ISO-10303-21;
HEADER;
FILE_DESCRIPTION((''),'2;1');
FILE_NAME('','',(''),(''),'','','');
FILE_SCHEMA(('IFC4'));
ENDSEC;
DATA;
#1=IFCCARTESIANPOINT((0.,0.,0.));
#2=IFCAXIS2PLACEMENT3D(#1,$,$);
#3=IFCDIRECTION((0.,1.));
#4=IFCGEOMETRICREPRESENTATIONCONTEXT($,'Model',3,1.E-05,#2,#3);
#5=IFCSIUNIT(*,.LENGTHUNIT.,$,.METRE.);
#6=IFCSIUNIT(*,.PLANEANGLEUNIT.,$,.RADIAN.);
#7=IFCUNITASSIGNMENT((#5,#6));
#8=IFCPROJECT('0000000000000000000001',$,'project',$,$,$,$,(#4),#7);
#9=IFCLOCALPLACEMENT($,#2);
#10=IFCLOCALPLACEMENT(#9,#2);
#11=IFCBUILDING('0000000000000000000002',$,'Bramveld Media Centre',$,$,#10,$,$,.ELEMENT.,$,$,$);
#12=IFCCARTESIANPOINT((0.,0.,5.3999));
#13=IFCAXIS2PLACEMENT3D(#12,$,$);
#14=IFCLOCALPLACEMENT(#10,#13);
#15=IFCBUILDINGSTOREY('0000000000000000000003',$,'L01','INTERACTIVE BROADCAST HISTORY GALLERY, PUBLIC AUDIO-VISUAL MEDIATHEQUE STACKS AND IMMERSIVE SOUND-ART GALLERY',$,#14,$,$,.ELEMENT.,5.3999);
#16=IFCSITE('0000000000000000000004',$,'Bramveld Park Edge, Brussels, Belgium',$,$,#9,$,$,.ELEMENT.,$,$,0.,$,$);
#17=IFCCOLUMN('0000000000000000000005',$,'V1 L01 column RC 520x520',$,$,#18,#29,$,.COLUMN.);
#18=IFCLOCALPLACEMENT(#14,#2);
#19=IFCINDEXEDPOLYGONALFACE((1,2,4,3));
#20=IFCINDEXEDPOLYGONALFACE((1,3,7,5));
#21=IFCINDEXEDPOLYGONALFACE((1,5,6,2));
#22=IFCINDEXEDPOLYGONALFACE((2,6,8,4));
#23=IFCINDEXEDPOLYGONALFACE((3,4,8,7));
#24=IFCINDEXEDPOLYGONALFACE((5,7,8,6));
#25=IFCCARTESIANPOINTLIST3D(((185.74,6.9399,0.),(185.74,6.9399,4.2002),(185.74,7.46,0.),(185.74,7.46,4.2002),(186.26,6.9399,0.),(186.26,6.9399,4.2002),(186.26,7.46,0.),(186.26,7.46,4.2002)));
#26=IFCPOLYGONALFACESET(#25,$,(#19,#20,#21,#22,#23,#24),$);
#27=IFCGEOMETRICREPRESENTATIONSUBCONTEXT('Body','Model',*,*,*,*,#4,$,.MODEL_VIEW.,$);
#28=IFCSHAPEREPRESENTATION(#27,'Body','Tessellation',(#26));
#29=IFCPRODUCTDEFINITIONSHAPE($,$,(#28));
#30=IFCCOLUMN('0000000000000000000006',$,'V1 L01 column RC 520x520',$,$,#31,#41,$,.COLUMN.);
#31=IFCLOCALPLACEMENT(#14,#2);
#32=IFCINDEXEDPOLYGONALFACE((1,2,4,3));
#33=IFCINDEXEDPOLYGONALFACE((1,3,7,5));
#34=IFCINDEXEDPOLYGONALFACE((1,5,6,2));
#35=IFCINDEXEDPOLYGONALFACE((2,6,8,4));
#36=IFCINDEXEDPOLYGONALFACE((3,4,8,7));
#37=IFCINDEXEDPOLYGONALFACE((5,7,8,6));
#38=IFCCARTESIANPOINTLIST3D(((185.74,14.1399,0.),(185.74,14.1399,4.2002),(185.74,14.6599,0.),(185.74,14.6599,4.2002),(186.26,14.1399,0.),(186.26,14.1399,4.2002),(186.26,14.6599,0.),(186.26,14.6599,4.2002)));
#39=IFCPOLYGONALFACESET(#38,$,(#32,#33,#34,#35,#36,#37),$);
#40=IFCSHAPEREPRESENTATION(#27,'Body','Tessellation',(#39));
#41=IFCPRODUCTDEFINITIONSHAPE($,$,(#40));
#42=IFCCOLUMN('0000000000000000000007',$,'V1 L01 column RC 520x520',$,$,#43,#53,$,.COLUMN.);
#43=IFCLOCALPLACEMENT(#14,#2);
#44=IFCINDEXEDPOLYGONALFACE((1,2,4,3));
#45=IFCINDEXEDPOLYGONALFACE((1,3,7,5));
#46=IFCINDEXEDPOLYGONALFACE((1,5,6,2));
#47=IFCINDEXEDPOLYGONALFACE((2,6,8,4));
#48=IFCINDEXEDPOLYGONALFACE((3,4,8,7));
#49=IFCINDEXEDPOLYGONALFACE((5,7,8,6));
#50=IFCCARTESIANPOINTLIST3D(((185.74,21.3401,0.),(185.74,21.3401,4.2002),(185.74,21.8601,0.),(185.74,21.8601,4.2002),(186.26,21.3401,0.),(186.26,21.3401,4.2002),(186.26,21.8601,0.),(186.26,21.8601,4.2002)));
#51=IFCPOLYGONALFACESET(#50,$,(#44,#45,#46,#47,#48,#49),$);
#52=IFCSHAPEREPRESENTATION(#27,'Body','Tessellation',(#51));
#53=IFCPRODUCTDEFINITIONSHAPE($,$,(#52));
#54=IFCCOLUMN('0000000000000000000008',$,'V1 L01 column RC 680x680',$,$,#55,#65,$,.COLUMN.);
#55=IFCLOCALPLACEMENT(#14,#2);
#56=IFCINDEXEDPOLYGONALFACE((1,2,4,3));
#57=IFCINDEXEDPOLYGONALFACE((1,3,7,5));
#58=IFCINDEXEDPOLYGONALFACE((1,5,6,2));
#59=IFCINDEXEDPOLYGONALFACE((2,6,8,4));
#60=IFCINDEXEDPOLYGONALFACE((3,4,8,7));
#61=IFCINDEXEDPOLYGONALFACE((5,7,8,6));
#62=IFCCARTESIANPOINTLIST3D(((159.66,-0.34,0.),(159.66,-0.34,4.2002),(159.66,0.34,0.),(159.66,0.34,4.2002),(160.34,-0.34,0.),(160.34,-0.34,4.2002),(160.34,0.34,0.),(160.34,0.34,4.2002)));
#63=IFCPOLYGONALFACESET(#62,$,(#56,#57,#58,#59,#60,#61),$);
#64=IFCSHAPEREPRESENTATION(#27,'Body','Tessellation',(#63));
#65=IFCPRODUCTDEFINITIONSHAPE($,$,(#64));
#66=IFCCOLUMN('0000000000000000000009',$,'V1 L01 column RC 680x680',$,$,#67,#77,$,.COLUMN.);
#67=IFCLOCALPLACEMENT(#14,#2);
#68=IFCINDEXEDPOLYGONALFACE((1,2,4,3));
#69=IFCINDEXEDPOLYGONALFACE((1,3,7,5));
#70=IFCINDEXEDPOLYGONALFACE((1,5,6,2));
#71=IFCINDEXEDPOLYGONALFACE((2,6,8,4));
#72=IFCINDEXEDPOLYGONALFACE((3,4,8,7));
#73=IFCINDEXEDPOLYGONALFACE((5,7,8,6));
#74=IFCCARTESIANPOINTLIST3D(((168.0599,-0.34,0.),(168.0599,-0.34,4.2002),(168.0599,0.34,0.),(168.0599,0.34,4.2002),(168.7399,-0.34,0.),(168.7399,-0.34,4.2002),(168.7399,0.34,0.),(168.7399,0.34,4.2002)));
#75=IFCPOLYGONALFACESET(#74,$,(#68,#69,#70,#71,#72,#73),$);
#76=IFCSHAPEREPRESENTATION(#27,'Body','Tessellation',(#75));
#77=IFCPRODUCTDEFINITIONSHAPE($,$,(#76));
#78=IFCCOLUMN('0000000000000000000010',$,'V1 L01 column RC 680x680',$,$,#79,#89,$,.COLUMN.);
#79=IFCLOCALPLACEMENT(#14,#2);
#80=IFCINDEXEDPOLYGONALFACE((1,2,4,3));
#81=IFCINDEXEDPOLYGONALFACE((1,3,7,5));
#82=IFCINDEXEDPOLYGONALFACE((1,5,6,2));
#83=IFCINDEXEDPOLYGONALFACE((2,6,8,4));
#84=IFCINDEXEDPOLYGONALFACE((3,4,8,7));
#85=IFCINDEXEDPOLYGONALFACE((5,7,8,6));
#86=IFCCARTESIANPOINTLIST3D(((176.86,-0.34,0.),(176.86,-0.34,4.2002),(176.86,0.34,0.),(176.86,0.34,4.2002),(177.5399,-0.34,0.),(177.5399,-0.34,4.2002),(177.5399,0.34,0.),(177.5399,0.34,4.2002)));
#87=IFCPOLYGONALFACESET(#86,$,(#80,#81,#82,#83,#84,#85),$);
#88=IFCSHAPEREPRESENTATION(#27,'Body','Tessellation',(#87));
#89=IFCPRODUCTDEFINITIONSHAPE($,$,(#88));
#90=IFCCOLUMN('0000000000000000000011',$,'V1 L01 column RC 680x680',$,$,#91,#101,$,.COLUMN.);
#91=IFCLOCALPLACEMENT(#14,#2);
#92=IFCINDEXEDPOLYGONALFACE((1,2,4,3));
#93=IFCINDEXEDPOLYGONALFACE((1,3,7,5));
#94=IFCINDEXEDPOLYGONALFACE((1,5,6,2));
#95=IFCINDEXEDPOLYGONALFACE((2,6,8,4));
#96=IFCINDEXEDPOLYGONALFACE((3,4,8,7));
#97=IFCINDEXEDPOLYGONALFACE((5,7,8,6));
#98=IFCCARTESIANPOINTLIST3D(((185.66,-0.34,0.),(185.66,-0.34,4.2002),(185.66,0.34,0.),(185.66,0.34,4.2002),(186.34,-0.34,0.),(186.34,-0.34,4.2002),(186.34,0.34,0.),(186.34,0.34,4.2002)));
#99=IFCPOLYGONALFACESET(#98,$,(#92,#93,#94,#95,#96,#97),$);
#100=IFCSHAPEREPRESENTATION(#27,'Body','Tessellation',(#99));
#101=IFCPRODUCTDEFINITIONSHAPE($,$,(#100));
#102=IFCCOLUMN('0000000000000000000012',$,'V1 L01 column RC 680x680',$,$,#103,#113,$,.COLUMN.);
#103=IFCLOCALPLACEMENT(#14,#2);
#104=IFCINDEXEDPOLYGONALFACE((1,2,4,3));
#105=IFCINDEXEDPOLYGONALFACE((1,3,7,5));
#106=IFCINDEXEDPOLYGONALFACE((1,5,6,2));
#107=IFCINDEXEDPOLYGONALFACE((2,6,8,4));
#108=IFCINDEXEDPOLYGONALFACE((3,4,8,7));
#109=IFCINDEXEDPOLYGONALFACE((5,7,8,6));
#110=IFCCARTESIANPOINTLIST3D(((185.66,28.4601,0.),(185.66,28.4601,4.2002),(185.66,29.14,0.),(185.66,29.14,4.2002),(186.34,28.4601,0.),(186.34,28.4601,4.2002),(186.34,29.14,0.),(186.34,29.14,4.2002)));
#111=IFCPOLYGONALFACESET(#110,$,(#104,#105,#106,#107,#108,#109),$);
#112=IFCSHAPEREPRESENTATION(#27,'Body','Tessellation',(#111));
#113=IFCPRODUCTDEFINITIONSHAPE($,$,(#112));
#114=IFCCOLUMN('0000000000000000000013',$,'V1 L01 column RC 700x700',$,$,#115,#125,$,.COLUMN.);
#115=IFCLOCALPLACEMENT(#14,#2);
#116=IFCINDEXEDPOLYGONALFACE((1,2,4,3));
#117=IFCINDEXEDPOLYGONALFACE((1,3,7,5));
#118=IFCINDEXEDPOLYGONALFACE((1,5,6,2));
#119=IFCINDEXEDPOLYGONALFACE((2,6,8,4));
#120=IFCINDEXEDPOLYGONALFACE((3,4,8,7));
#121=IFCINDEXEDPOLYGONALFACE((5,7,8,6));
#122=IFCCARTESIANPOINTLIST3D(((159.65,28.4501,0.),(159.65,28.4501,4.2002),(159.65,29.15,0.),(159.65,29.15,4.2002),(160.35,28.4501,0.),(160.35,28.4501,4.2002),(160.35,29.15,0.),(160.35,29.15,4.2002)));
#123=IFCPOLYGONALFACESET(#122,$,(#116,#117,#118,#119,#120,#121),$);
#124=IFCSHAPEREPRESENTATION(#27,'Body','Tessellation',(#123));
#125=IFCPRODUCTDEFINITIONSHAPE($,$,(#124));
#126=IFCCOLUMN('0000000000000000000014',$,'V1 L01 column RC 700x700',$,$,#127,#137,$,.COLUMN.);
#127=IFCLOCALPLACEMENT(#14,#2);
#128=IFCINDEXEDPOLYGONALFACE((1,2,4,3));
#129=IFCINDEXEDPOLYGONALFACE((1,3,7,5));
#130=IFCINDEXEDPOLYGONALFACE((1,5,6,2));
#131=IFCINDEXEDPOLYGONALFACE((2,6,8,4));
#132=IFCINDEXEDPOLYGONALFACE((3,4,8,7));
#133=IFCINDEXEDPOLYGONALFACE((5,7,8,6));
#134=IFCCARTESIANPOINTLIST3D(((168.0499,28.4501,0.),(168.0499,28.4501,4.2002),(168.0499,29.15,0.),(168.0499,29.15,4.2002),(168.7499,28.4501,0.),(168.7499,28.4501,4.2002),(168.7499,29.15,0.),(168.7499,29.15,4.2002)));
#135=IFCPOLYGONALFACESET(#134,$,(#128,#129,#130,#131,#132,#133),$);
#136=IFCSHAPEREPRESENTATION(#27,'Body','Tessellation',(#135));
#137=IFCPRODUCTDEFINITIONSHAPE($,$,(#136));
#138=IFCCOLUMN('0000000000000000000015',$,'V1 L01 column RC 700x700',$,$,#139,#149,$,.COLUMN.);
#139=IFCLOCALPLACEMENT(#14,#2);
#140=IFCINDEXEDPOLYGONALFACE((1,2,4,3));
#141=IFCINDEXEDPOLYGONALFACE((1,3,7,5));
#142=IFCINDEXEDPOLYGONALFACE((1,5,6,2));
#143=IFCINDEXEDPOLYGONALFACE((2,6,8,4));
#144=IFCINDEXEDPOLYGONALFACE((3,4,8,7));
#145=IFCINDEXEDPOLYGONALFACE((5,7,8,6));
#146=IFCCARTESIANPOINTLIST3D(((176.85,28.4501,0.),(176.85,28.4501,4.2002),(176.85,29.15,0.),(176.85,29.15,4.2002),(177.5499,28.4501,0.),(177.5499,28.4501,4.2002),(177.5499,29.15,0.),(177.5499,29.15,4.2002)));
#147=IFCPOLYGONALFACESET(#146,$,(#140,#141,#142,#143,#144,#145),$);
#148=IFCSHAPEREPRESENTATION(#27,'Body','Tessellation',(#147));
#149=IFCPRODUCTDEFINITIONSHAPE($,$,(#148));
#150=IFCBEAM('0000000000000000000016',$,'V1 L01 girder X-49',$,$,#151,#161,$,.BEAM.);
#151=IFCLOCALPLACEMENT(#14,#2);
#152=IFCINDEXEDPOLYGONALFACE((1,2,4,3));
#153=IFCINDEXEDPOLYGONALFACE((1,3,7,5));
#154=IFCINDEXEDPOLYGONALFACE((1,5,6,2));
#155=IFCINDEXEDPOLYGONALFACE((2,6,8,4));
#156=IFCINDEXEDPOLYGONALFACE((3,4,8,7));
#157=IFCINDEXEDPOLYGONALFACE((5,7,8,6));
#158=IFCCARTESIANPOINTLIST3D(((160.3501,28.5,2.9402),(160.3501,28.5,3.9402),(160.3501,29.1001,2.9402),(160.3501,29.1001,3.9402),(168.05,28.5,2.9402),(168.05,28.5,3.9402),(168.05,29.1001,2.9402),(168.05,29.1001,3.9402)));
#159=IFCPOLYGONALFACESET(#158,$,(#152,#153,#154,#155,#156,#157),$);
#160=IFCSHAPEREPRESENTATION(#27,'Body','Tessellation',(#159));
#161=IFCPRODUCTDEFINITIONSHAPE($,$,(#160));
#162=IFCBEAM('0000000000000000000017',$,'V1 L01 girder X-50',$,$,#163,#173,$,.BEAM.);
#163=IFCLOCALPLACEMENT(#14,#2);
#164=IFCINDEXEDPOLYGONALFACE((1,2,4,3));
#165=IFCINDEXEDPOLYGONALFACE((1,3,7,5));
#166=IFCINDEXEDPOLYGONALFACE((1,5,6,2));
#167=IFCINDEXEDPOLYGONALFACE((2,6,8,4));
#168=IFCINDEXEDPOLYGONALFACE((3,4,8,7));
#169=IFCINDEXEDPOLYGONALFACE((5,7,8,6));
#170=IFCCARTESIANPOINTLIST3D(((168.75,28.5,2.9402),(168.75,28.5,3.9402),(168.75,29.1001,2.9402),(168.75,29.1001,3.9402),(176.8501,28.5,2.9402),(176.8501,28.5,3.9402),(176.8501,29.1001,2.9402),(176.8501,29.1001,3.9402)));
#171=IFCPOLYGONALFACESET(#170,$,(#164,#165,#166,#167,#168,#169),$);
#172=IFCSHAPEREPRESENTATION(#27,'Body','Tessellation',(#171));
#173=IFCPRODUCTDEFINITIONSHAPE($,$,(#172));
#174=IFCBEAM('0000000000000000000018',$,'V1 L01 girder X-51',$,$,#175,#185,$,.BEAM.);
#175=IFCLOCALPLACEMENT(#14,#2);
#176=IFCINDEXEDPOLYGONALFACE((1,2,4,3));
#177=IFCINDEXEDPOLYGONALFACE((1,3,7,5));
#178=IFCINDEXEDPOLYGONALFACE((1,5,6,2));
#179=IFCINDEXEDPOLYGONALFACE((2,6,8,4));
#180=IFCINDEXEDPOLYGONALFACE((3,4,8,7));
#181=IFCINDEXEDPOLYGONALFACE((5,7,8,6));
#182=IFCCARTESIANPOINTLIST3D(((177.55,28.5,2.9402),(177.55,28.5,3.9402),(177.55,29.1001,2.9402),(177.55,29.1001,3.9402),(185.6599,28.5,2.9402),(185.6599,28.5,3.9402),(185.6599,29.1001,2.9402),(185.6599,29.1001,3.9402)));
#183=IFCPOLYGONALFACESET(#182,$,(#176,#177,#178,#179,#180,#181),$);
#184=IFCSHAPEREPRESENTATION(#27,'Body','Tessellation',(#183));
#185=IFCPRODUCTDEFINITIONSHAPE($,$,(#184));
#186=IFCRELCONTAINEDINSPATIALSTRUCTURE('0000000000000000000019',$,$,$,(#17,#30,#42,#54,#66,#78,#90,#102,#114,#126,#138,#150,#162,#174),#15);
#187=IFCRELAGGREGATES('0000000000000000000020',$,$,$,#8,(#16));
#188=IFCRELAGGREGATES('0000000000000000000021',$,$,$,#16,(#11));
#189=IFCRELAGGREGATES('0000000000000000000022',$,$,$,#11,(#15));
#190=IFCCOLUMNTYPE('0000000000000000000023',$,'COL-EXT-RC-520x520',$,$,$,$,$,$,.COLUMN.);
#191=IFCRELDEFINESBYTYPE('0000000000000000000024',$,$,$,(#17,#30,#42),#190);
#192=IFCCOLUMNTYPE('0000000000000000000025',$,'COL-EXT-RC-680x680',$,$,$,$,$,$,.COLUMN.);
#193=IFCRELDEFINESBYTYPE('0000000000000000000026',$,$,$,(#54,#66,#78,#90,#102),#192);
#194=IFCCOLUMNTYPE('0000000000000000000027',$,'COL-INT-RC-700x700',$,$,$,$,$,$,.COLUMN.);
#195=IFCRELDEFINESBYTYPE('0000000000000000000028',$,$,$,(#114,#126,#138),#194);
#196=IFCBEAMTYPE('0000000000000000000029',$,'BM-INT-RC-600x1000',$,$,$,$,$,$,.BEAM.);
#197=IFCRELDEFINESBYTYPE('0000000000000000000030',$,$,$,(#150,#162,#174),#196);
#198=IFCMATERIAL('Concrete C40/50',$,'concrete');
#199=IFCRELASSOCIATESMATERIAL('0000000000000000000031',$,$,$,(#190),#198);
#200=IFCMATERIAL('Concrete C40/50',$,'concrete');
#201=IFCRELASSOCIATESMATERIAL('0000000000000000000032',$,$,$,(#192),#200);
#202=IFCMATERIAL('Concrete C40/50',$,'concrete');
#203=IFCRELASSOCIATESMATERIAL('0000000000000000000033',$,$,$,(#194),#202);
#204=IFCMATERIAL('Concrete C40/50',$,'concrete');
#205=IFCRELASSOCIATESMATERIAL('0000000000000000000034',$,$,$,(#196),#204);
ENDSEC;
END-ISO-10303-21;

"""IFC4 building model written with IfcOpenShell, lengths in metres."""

from ifc_helpers import new_model, si_unit, direction, frame, origin, origin_2d, place, context, subcontext, project, spatial, rectangle, extrude, material, material_profile, profile_set, type_object, element, save


model = new_model("IFC4")

# Units and contexts
model_context = context("Model", 3, precision=1e-05, world=origin(), true_north=direction((0.0, 1.0)))
body_context = subcontext(model_context, "Body", "Model", "MODEL_VIEW")
ifc_project = project(units=[si_unit("LENGTHUNIT", "METRE"), si_unit("PLANEANGLEUNIT", "RADIAN")], contexts=[model_context])

# Site, building, storey
site_placement = place(None, origin())
site = spatial("IfcSite", under=ifc_project, at=site_placement, Name="Bramveld Park Edge, Brussels, Belgium", CompositionType="ELEMENT", RefElevation=0.0)
building_placement = place(site_placement, origin())
building = spatial("IfcBuilding", under=site, at=building_placement, Name="Bramveld Media Centre", CompositionType="ELEMENT")
storey_placement = place(building_placement, frame((0.0, 0.0, 5.3999)))
storey = spatial("IfcBuildingStorey", under=building, at=storey_placement, Name="L01", Description="INTERACTIVE BROADCAST HISTORY GALLERY, PUBLIC AUDIO-VISUAL MEDIATHEQUE STACKS AND IMMERSIVE SOUND-ART GALLERY", CompositionType="ELEMENT", Elevation=5.3999)

# Columns
ifc_material_1 = material(Name="Concrete C40/50", Category="concrete")
ifc_material_profile_1 = material_profile(ifc_material_1, rectangle(XDim=0.52, YDim=0.52, at=origin_2d()), Name="RC 520x520")
ifc_profile_set_1 = profile_set([ifc_material_profile_1], Name="Concrete C40/50")
column_type_1 = type_object("IfcColumnType", Name="COL-EXT-RC-520x520", PredefinedType="COLUMN", material=ifc_profile_set_1)
for number, where, z_axis, x_axis, name in (
    (1, (186.0, 7.2, 0.0), (0.0, 0.0, 1.0), (1.0, 0.0, 0.0), "V1 L01 column RC 520x520"),
    (2, (186.0, 14.3999, 0.0), (0.0, 0.0, 1.0), (1.0, 0.0, 0.0), "V1 L01 column RC 520x520"),
    (3, (186.0, 21.6001, 0.0), (0.0, 0.0, 1.0), (1.0, 0.0, 0.0), "V1 L01 column RC 520x520"),
):
    element("IfcColumn", number, at=place(storey_placement, frame(where, z_axis=z_axis, x_axis=x_axis)), inside=storey, type_object=column_type_1, Name=name, PredefinedType="COLUMN", context=body_context, shape_type="SweptSolid", body=[
        extrude(rectangle(XDim=0.52, YDim=0.52, at=origin_2d()), origin(), (0.0, 0.0, 1.0), 4.2002),
    ])
ifc_material_2 = material(Name="Concrete C40/50", Category="concrete")
ifc_material_profile_2 = material_profile(ifc_material_2, rectangle(XDim=0.6799, YDim=0.6799, at=origin_2d()), Name="RC 680x680")
ifc_profile_set_2 = profile_set([ifc_material_profile_2], Name="Concrete C40/50")
column_type_2 = type_object("IfcColumnType", Name="COL-EXT-RC-680x680", PredefinedType="COLUMN", material=ifc_profile_set_2)
for number, where, z_axis, x_axis, name in (
    (4, (160.0, 0.0, 0.0), (0.0, 0.0, 1.0), (1.0, 0.0, 0.0), "V1 L01 column RC 680x680"),
    (5, (168.3999, 0.0, 0.0), (0.0, 0.0, 1.0), (1.0, 0.0, 0.0), "V1 L01 column RC 680x680"),
    (6, (177.2, 0.0, 0.0), (0.0, 0.0, 1.0), (1.0, 0.0, 0.0), "V1 L01 column RC 680x680"),
    (7, (186.0, 0.0, 0.0), (0.0, 0.0, 1.0), (1.0, 0.0, 0.0), "V1 L01 column RC 680x680"),
    (8, (186.0, 28.8, 0.0), (0.0, 0.0, 1.0), (1.0, 0.0, 0.0), "V1 L01 column RC 680x680"),
):
    element("IfcColumn", number, at=place(storey_placement, frame(where, z_axis=z_axis, x_axis=x_axis)), inside=storey, type_object=column_type_2, Name=name, PredefinedType="COLUMN", context=body_context, shape_type="SweptSolid", body=[
        extrude(rectangle(XDim=0.6799, YDim=0.6799, at=origin_2d()), origin(), (0.0, 0.0, 1.0), 4.2002),
    ])
ifc_material_3 = material(Name="Concrete C40/50", Category="concrete")
ifc_material_profile_3 = material_profile(ifc_material_3, rectangle(XDim=0.7, YDim=0.7, at=origin_2d()), Name="RC 700x700")
ifc_profile_set_3 = profile_set([ifc_material_profile_3], Name="Concrete C40/50")
column_type_3 = type_object("IfcColumnType", Name="COL-INT-RC-700x700", PredefinedType="COLUMN", material=ifc_profile_set_3)
for number, where, z_axis, x_axis, name in (
    (9, (160.0, 28.8, 0.0), (0.0, 0.0, 1.0), (1.0, 0.0, 0.0), "V1 L01 column RC 700x700"),
    (10, (168.3999, 28.8, 0.0), (0.0, 0.0, 1.0), (1.0, 0.0, 0.0), "V1 L01 column RC 700x700"),
    (11, (177.2, 28.8, 0.0), (0.0, 0.0, 1.0), (1.0, 0.0, 0.0), "V1 L01 column RC 700x700"),
):
    element("IfcColumn", number, at=place(storey_placement, frame(where, z_axis=z_axis, x_axis=x_axis)), inside=storey, type_object=column_type_3, Name=name, PredefinedType="COLUMN", context=body_context, shape_type="SweptSolid", body=[
        extrude(rectangle(XDim=0.7, YDim=0.7, at=origin_2d()), origin(), (0.0, 0.0, 1.0), 4.2002),
    ])

# Beams
ifc_material_4 = material(Name="Concrete C40/50", Category="concrete")
ifc_material_profile_4 = material_profile(ifc_material_4, rectangle(XDim=0.6001, YDim=1.0, at=origin_2d()), Name="RC 600x1000")
ifc_profile_set_4 = profile_set([ifc_material_profile_4], Name="Concrete C40/50")
beam_type_1 = type_object("IfcBeamType", Name="BM-INT-RC-600x1000", PredefinedType="BEAM", material=ifc_profile_set_4)
beam_1_placement = place(storey_placement, frame((160.3501, 28.8, 3.4402), z_axis=(1.0, 0.0, 0.0), x_axis=(0.0, 1.0, 0.0)))
element("IfcBeam", 12, at=beam_1_placement, inside=storey, type_object=beam_type_1, Name="V1 L01 girder X-49", PredefinedType="BEAM", context=body_context, shape_type="SweptSolid", body=[
    extrude(rectangle(XDim=0.6001, YDim=1.0, at=origin_2d()), origin(), (0.0, 0.0, 1.0), 7.7),
])
beam_2_placement = place(storey_placement, frame((168.75, 28.8, 3.4402), z_axis=(1.0, 0.0, 0.0), x_axis=(0.0, 1.0, 0.0)))
element("IfcBeam", 13, at=beam_2_placement, inside=storey, type_object=beam_type_1, Name="V1 L01 girder X-50", PredefinedType="BEAM", context=body_context, shape_type="SweptSolid", body=[
    extrude(rectangle(XDim=0.6001, YDim=1.0, at=origin_2d()), origin(), (0.0, 0.0, 1.0), 8.1001),
])
beam_3_placement = place(storey_placement, frame((177.55, 28.8, 3.4402), z_axis=(1.0, 0.0, 0.0), x_axis=(0.0, 1.0, 0.0)))
element("IfcBeam", 14, at=beam_3_placement, inside=storey, type_object=beam_type_1, Name="V1 L01 girder X-51", PredefinedType="BEAM", context=body_context, shape_type="SweptSolid", body=[
    extrude(rectangle(XDim=0.6001, YDim=1.0, at=origin_2d()), origin(), (0.0, 0.0, 1.0), 8.1099),
])

save(model, "model.ifc")
